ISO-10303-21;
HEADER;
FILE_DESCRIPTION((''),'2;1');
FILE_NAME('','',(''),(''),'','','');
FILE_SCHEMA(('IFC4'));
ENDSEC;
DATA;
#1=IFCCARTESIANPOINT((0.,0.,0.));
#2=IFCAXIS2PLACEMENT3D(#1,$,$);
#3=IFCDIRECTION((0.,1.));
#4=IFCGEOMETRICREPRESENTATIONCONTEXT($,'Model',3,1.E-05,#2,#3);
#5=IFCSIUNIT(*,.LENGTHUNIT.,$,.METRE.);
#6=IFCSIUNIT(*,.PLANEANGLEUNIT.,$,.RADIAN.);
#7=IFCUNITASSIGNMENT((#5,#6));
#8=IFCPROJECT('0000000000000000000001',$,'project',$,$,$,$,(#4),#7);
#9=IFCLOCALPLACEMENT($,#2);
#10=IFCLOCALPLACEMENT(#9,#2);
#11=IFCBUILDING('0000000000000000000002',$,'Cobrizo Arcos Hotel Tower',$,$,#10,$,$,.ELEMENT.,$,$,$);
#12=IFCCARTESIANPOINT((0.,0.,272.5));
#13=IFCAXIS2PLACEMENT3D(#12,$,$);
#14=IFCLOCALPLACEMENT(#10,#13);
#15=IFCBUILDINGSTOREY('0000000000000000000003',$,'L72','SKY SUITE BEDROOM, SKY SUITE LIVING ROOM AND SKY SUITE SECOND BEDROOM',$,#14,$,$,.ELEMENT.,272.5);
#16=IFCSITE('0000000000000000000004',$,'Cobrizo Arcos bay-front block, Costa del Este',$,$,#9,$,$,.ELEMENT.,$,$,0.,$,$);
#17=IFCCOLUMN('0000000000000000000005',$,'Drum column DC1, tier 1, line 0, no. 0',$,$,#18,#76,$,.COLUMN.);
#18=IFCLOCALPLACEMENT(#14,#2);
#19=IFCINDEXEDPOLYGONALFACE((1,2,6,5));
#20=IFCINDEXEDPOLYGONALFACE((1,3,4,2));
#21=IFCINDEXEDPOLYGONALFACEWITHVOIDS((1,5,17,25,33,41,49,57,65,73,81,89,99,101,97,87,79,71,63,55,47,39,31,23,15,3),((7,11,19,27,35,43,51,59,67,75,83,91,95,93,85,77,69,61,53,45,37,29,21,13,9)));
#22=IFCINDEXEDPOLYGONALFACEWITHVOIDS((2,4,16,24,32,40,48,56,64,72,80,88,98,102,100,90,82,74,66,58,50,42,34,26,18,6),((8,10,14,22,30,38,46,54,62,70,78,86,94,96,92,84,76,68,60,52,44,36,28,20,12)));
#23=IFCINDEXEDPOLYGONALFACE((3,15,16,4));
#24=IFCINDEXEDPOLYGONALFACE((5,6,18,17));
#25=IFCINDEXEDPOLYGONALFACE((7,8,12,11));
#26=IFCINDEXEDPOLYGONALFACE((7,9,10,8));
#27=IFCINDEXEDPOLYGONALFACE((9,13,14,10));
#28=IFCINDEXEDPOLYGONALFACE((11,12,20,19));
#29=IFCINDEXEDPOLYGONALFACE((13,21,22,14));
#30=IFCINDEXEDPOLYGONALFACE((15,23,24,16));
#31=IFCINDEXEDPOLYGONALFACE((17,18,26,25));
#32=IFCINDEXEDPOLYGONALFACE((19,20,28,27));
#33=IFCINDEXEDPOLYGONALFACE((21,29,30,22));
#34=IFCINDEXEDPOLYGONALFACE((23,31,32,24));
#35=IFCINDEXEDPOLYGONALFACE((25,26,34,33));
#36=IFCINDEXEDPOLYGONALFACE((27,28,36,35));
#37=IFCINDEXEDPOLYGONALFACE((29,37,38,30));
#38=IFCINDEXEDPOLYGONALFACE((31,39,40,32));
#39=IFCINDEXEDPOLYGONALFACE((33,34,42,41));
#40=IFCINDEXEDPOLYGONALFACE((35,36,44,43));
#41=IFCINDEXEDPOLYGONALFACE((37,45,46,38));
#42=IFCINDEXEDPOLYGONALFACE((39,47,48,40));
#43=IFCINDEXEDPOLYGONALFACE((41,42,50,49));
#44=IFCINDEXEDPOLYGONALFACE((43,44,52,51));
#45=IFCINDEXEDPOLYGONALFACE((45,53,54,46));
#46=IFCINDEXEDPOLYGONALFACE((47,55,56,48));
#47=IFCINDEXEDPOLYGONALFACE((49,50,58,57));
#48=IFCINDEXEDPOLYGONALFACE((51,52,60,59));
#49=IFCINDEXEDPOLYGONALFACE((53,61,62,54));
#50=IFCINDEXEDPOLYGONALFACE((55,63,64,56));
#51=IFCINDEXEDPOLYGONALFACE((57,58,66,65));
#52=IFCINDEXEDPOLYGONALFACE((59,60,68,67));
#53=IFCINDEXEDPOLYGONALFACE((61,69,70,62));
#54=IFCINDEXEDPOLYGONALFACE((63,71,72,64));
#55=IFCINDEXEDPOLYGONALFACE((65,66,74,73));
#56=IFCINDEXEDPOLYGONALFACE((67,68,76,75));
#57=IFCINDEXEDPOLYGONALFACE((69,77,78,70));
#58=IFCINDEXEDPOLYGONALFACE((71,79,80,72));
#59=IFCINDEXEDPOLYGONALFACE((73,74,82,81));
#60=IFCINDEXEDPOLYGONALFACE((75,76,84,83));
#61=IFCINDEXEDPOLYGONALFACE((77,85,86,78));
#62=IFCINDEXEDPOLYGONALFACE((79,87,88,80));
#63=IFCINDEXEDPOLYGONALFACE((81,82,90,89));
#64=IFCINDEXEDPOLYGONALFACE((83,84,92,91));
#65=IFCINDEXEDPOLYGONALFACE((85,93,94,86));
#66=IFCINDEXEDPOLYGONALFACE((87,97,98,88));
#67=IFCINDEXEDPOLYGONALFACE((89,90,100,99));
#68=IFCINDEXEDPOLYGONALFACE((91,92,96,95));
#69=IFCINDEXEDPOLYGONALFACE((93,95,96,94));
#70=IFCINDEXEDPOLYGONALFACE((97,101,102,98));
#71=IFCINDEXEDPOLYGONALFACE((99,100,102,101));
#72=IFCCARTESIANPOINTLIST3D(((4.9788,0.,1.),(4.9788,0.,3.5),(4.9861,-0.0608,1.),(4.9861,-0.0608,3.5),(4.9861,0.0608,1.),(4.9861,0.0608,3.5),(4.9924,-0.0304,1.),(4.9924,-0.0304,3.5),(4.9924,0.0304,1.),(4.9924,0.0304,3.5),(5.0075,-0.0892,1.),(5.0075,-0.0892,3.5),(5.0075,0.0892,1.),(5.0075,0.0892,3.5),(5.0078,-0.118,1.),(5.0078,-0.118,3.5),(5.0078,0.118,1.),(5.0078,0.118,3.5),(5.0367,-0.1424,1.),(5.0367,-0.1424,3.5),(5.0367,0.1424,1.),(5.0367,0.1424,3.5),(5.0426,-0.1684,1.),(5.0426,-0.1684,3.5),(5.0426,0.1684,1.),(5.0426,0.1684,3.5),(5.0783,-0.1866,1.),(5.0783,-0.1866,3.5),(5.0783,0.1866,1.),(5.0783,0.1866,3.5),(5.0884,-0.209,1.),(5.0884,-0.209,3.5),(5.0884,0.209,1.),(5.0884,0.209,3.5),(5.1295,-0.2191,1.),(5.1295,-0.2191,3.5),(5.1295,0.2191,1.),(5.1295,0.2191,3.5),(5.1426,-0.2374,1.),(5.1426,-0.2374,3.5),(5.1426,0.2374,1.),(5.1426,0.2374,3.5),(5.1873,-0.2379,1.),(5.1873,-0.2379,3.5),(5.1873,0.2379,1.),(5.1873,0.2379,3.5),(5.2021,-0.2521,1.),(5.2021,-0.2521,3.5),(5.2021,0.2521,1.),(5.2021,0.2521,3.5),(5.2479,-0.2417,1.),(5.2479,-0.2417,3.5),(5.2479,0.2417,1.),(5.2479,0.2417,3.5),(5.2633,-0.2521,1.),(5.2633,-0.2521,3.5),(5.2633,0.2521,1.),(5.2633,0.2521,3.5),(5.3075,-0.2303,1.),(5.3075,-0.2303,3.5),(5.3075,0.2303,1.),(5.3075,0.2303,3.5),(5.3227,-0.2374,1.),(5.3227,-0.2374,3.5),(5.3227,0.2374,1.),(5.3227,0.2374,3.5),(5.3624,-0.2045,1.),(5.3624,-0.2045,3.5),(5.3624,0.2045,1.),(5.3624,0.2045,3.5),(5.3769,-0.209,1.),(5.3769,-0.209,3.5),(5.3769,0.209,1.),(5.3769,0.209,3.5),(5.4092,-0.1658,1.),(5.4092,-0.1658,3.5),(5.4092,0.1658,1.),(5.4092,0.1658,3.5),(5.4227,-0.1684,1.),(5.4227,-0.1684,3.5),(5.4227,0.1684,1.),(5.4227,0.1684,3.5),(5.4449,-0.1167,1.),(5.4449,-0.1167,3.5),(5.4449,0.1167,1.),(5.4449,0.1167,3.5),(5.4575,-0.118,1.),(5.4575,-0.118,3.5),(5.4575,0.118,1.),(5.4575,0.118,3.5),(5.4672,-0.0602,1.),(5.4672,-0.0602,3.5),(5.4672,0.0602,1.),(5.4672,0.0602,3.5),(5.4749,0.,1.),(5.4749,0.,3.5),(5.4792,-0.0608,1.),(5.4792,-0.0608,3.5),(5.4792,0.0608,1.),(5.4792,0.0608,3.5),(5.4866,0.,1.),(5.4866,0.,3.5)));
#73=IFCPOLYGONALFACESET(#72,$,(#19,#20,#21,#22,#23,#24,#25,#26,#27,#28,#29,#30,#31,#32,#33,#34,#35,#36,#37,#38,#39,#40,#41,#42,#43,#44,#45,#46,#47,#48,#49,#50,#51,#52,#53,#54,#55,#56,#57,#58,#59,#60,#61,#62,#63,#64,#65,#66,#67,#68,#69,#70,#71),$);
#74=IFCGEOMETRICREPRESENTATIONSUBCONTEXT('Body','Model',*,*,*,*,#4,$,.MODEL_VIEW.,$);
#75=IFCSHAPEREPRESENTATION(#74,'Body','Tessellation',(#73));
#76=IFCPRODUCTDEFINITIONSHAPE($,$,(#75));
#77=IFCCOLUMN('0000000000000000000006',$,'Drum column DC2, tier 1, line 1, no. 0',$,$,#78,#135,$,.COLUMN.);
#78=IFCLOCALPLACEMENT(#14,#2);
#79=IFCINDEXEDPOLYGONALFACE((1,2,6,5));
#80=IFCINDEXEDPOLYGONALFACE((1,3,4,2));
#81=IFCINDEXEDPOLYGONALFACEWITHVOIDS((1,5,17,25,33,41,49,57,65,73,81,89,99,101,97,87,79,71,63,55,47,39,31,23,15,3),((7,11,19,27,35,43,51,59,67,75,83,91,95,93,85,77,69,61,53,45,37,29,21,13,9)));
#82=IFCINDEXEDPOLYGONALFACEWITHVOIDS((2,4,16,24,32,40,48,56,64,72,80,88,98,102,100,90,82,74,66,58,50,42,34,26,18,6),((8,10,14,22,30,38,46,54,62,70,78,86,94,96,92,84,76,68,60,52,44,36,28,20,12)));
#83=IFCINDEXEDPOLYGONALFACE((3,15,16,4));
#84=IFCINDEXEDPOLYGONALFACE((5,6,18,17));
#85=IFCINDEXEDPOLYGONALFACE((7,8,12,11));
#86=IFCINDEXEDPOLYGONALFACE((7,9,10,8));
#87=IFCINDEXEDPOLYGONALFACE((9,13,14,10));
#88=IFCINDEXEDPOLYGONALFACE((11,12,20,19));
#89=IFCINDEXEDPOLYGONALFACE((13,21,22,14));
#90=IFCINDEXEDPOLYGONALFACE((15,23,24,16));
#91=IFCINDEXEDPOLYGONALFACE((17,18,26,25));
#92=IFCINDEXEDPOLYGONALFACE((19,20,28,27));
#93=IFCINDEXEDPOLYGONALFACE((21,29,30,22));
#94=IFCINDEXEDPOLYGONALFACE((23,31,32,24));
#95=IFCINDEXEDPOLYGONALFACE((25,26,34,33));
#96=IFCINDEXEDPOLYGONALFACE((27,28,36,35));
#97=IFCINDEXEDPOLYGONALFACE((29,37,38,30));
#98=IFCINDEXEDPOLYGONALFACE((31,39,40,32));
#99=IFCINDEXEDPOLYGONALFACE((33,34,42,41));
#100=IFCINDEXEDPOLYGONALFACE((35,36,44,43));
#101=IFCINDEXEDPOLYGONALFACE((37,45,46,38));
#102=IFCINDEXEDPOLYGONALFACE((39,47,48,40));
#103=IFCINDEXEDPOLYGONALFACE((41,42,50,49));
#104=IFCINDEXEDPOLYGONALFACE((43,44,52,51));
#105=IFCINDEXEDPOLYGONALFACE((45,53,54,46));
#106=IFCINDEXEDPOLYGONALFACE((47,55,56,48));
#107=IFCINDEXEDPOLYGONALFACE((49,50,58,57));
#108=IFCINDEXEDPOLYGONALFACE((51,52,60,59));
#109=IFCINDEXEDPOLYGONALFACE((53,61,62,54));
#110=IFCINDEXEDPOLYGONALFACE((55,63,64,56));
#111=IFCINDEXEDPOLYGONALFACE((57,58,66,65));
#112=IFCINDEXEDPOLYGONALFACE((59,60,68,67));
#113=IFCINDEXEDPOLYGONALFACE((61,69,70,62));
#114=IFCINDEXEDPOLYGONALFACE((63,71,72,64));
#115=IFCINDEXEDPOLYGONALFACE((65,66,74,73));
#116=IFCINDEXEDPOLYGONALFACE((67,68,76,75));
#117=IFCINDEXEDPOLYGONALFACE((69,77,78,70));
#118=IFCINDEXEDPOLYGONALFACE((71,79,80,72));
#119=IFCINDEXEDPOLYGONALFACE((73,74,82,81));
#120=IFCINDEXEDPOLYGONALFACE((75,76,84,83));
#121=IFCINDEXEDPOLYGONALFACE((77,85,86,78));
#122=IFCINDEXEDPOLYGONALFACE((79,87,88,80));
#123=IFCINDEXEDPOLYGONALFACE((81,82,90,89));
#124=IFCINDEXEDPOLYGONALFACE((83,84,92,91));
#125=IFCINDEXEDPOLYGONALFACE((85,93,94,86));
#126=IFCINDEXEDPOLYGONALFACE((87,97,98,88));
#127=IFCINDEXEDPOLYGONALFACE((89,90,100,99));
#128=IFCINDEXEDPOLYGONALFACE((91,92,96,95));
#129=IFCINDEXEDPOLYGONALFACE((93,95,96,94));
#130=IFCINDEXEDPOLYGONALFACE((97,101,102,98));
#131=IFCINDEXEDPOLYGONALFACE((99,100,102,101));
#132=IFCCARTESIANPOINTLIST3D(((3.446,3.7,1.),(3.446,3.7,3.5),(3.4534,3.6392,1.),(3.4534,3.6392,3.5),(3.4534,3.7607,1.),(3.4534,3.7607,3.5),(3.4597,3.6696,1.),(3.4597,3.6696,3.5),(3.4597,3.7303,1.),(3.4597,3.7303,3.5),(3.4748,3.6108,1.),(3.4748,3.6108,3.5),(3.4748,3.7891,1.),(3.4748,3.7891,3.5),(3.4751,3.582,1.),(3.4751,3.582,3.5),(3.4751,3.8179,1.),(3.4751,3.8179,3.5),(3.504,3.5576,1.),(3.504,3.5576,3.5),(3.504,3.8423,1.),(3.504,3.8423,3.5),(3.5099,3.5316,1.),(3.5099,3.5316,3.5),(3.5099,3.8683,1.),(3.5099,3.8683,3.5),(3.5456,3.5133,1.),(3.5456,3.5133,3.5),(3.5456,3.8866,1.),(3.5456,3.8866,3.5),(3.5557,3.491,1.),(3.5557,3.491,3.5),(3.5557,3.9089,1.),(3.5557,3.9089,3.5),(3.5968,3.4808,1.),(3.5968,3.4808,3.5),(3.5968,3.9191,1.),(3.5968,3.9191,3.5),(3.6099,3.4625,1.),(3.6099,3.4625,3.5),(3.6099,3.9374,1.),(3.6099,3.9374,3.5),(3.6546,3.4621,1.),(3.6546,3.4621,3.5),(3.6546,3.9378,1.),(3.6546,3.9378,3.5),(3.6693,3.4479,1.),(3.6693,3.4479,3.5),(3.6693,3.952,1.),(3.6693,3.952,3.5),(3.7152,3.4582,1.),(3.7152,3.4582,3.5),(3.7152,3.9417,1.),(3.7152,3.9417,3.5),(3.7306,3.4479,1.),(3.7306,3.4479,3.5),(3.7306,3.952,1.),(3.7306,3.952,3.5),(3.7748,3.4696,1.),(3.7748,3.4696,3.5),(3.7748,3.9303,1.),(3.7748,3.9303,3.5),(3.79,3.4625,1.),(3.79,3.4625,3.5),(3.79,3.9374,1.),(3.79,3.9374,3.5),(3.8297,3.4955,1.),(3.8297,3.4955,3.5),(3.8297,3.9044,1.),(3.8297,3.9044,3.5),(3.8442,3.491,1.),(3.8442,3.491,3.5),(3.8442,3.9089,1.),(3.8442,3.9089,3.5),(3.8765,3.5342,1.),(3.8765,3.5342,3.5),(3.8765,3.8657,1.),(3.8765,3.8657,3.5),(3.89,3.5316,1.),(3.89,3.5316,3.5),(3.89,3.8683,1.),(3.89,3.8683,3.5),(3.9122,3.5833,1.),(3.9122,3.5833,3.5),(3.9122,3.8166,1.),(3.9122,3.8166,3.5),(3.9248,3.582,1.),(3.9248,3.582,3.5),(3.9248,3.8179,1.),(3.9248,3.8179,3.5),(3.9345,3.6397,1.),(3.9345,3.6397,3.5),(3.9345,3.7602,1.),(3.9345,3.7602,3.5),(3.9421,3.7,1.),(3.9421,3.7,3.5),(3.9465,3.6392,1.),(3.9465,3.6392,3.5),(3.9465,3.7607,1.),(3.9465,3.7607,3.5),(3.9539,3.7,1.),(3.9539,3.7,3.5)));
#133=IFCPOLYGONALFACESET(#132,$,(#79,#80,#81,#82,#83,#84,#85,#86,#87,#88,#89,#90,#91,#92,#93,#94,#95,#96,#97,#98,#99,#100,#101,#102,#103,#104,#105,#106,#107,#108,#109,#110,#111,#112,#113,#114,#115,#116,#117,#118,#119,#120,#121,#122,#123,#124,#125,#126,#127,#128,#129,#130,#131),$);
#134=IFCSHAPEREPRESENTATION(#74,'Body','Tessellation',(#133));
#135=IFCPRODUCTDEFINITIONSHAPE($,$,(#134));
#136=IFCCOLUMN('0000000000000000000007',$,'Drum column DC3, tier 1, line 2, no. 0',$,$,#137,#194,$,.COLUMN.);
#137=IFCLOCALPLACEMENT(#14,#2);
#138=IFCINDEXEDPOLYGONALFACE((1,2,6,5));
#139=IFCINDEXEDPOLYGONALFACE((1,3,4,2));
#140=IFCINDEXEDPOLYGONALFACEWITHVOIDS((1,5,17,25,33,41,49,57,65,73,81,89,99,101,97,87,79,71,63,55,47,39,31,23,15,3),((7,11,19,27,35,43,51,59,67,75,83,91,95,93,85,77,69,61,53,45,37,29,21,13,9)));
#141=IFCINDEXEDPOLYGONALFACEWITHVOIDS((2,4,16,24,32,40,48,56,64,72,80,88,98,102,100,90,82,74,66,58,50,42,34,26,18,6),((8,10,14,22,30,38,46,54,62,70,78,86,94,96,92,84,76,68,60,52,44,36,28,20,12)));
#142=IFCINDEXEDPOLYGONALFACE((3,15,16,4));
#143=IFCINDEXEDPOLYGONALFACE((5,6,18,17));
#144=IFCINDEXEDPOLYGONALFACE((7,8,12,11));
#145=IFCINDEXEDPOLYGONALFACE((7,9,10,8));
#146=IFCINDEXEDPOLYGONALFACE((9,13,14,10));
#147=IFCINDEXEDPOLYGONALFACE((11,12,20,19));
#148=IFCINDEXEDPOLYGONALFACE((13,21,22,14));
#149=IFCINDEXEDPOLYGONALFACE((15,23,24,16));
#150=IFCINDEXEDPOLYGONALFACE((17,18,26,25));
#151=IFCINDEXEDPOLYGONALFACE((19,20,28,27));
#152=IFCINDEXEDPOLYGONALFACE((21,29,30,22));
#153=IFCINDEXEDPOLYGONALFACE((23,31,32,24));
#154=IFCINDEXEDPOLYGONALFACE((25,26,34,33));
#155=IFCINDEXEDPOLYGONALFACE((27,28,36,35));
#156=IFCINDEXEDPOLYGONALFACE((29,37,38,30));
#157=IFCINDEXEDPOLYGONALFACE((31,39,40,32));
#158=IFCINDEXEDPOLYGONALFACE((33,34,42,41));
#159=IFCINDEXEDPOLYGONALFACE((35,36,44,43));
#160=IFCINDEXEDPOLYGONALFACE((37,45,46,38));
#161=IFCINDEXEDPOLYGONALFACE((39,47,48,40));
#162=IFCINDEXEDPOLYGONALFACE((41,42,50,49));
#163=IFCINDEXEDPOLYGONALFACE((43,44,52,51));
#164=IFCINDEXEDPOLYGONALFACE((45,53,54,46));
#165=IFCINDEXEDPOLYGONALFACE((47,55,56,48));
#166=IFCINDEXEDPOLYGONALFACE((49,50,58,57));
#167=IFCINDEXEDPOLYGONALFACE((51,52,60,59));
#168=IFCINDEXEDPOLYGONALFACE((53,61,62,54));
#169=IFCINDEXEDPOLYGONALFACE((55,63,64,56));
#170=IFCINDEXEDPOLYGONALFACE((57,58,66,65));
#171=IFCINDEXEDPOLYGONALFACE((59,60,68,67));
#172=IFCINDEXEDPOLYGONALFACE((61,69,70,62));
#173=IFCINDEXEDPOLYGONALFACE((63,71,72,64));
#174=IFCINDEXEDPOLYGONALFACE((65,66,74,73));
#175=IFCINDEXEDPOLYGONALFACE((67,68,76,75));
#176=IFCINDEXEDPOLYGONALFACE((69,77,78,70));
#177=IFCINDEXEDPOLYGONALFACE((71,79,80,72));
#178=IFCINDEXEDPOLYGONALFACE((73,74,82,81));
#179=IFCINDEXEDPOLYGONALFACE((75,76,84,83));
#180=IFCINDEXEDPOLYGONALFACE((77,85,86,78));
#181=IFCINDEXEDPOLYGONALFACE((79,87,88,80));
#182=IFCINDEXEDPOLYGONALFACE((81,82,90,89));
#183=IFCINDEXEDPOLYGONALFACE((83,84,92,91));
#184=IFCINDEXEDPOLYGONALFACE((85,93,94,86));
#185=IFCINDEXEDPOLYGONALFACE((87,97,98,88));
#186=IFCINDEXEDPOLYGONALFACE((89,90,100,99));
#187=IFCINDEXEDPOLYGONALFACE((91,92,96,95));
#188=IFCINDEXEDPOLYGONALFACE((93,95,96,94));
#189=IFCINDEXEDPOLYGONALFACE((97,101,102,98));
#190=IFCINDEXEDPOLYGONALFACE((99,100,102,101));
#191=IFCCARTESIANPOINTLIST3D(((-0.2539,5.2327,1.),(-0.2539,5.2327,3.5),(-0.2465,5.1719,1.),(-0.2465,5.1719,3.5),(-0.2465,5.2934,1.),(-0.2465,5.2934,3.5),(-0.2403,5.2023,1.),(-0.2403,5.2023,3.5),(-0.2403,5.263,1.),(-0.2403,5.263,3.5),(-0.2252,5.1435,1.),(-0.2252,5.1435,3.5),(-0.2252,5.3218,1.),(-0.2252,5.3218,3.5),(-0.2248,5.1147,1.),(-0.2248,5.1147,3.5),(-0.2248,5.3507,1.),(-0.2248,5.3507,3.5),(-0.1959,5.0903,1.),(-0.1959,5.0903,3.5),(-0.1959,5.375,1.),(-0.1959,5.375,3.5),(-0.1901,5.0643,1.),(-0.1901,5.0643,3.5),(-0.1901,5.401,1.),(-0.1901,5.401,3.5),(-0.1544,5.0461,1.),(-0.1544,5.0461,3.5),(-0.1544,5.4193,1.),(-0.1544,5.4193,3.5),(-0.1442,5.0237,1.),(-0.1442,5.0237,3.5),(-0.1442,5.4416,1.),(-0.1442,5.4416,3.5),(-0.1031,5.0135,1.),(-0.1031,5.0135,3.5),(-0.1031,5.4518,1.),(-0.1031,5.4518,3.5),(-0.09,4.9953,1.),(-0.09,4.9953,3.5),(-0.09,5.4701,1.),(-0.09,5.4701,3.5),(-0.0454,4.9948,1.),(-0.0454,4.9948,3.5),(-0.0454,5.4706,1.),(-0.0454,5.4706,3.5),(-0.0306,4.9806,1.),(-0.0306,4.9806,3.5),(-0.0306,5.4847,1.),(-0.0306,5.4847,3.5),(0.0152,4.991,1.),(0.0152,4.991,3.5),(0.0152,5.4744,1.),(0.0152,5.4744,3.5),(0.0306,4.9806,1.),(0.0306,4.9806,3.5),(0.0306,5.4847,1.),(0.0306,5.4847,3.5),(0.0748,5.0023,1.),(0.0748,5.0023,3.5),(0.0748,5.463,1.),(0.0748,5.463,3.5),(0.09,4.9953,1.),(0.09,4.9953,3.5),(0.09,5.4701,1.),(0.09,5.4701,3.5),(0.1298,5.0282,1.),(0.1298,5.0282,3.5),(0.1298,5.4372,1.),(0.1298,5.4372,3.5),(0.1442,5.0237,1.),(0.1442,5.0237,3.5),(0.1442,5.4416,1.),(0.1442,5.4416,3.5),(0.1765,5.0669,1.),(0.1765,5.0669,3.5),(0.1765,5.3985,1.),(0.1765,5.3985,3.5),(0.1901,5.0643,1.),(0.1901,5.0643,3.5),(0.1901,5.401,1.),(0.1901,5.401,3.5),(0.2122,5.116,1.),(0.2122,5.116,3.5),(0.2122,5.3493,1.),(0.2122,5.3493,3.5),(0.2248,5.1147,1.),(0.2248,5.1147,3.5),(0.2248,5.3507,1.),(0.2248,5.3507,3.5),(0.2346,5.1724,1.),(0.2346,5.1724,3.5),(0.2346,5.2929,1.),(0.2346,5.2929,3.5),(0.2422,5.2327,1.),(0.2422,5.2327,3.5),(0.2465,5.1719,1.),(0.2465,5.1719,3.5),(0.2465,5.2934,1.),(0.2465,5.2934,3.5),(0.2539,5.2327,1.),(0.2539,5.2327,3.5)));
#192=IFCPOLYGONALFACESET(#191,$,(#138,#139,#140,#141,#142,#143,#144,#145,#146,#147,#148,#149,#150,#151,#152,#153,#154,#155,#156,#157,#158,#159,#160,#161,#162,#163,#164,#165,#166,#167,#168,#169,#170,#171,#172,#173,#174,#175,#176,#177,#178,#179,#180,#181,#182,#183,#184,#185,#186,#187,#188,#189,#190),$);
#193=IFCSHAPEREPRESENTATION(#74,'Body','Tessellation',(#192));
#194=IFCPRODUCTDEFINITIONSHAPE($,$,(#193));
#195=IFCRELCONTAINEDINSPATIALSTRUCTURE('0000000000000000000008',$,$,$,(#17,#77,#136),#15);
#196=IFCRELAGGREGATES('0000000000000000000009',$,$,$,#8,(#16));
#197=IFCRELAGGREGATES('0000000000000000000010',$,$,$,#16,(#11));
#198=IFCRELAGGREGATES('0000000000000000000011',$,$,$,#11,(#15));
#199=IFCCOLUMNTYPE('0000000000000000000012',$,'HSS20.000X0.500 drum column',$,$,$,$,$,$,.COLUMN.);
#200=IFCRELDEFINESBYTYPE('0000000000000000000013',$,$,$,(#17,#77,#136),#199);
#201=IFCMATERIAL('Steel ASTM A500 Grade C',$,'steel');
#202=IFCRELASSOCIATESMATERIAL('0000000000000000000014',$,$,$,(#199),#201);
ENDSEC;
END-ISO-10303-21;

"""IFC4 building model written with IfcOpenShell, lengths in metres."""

from ifc_helpers import new_model, si_unit, direction, frame, origin, origin_2d, place, context, subcontext, project, spatial, hollow_circle, extrude, material, material_profile, profile_set, type_object, element, save


model = new_model("IFC4")

# Units and contexts
model_context = context("Model", 3, precision=1e-05, world=origin(), true_north=direction((0.0, 1.0)))
body_context = subcontext(model_context, "Body", "Model", "MODEL_VIEW")
ifc_project = project(units=[si_unit("LENGTHUNIT", "METRE"), si_unit("PLANEANGLEUNIT", "RADIAN")], contexts=[model_context])

# Site, building, storey
site_placement = place(None, origin())
site = spatial("IfcSite", under=ifc_project, at=site_placement, Name="Cobrizo Arcos bay-front block, Costa del Este", CompositionType="ELEMENT", RefElevation=0.0)
building_placement = place(site_placement, origin())
building = spatial("IfcBuilding", under=site, at=building_placement, Name="Cobrizo Arcos Hotel Tower", CompositionType="ELEMENT")
storey_placement = place(building_placement, frame((0.0, 0.0, 272.5)))
storey = spatial("IfcBuildingStorey", under=building, at=storey_placement, Name="L72", Description="SKY SUITE BEDROOM, SKY SUITE LIVING ROOM AND SKY SUITE SECOND BEDROOM", CompositionType="ELEMENT", Elevation=272.5)

# Columns
ifc_material_1 = material(Name="Steel ASTM A500 Grade C", Category="steel")
ifc_material_profile_1 = material_profile(ifc_material_1, hollow_circle(Radius=0.2539, WallThickness=0.0117, at=origin_2d()), Name="HSS20.000X0.500")
ifc_profile_set_1 = profile_set([ifc_material_profile_1], Name="Steel ASTM A500 Grade C")
column_type_1 = type_object("IfcColumnType", Name="HSS20.000X0.500 drum column", PredefinedType="COLUMN", material=ifc_profile_set_1)
for number, where, z_axis, x_axis, name in (
    (1, (5.2327, 0.0, 1.0), (0.0, 0.0, 1.0), (1.0, 0.0, 0.0), "Drum column DC1, tier 1, line 0, no. 0"),
    (2, (3.7, 3.7, 1.0), (0.0, 0.0, 1.0), (1.0, 0.0, 0.0), "Drum column DC2, tier 1, line 1, no. 0"),
    (3, (0.0, 5.2327, 1.0), (0.0, 0.0, 1.0), (1.0, 0.0, 0.0), "Drum column DC3, tier 1, line 2, no. 0"),
):
    element("IfcColumn", number, at=place(storey_placement, frame(where, z_axis=z_axis, x_axis=x_axis)), inside=storey, type_object=column_type_1, Name=name, PredefinedType="COLUMN", context=body_context, shape_type="SweptSolid", body=[
        extrude(hollow_circle(Radius=0.2539, WallThickness=0.0117, at=origin_2d()), origin(), (0.0, 0.0, 1.0), 2.5),
    ])

save(model, "model.ifc")
